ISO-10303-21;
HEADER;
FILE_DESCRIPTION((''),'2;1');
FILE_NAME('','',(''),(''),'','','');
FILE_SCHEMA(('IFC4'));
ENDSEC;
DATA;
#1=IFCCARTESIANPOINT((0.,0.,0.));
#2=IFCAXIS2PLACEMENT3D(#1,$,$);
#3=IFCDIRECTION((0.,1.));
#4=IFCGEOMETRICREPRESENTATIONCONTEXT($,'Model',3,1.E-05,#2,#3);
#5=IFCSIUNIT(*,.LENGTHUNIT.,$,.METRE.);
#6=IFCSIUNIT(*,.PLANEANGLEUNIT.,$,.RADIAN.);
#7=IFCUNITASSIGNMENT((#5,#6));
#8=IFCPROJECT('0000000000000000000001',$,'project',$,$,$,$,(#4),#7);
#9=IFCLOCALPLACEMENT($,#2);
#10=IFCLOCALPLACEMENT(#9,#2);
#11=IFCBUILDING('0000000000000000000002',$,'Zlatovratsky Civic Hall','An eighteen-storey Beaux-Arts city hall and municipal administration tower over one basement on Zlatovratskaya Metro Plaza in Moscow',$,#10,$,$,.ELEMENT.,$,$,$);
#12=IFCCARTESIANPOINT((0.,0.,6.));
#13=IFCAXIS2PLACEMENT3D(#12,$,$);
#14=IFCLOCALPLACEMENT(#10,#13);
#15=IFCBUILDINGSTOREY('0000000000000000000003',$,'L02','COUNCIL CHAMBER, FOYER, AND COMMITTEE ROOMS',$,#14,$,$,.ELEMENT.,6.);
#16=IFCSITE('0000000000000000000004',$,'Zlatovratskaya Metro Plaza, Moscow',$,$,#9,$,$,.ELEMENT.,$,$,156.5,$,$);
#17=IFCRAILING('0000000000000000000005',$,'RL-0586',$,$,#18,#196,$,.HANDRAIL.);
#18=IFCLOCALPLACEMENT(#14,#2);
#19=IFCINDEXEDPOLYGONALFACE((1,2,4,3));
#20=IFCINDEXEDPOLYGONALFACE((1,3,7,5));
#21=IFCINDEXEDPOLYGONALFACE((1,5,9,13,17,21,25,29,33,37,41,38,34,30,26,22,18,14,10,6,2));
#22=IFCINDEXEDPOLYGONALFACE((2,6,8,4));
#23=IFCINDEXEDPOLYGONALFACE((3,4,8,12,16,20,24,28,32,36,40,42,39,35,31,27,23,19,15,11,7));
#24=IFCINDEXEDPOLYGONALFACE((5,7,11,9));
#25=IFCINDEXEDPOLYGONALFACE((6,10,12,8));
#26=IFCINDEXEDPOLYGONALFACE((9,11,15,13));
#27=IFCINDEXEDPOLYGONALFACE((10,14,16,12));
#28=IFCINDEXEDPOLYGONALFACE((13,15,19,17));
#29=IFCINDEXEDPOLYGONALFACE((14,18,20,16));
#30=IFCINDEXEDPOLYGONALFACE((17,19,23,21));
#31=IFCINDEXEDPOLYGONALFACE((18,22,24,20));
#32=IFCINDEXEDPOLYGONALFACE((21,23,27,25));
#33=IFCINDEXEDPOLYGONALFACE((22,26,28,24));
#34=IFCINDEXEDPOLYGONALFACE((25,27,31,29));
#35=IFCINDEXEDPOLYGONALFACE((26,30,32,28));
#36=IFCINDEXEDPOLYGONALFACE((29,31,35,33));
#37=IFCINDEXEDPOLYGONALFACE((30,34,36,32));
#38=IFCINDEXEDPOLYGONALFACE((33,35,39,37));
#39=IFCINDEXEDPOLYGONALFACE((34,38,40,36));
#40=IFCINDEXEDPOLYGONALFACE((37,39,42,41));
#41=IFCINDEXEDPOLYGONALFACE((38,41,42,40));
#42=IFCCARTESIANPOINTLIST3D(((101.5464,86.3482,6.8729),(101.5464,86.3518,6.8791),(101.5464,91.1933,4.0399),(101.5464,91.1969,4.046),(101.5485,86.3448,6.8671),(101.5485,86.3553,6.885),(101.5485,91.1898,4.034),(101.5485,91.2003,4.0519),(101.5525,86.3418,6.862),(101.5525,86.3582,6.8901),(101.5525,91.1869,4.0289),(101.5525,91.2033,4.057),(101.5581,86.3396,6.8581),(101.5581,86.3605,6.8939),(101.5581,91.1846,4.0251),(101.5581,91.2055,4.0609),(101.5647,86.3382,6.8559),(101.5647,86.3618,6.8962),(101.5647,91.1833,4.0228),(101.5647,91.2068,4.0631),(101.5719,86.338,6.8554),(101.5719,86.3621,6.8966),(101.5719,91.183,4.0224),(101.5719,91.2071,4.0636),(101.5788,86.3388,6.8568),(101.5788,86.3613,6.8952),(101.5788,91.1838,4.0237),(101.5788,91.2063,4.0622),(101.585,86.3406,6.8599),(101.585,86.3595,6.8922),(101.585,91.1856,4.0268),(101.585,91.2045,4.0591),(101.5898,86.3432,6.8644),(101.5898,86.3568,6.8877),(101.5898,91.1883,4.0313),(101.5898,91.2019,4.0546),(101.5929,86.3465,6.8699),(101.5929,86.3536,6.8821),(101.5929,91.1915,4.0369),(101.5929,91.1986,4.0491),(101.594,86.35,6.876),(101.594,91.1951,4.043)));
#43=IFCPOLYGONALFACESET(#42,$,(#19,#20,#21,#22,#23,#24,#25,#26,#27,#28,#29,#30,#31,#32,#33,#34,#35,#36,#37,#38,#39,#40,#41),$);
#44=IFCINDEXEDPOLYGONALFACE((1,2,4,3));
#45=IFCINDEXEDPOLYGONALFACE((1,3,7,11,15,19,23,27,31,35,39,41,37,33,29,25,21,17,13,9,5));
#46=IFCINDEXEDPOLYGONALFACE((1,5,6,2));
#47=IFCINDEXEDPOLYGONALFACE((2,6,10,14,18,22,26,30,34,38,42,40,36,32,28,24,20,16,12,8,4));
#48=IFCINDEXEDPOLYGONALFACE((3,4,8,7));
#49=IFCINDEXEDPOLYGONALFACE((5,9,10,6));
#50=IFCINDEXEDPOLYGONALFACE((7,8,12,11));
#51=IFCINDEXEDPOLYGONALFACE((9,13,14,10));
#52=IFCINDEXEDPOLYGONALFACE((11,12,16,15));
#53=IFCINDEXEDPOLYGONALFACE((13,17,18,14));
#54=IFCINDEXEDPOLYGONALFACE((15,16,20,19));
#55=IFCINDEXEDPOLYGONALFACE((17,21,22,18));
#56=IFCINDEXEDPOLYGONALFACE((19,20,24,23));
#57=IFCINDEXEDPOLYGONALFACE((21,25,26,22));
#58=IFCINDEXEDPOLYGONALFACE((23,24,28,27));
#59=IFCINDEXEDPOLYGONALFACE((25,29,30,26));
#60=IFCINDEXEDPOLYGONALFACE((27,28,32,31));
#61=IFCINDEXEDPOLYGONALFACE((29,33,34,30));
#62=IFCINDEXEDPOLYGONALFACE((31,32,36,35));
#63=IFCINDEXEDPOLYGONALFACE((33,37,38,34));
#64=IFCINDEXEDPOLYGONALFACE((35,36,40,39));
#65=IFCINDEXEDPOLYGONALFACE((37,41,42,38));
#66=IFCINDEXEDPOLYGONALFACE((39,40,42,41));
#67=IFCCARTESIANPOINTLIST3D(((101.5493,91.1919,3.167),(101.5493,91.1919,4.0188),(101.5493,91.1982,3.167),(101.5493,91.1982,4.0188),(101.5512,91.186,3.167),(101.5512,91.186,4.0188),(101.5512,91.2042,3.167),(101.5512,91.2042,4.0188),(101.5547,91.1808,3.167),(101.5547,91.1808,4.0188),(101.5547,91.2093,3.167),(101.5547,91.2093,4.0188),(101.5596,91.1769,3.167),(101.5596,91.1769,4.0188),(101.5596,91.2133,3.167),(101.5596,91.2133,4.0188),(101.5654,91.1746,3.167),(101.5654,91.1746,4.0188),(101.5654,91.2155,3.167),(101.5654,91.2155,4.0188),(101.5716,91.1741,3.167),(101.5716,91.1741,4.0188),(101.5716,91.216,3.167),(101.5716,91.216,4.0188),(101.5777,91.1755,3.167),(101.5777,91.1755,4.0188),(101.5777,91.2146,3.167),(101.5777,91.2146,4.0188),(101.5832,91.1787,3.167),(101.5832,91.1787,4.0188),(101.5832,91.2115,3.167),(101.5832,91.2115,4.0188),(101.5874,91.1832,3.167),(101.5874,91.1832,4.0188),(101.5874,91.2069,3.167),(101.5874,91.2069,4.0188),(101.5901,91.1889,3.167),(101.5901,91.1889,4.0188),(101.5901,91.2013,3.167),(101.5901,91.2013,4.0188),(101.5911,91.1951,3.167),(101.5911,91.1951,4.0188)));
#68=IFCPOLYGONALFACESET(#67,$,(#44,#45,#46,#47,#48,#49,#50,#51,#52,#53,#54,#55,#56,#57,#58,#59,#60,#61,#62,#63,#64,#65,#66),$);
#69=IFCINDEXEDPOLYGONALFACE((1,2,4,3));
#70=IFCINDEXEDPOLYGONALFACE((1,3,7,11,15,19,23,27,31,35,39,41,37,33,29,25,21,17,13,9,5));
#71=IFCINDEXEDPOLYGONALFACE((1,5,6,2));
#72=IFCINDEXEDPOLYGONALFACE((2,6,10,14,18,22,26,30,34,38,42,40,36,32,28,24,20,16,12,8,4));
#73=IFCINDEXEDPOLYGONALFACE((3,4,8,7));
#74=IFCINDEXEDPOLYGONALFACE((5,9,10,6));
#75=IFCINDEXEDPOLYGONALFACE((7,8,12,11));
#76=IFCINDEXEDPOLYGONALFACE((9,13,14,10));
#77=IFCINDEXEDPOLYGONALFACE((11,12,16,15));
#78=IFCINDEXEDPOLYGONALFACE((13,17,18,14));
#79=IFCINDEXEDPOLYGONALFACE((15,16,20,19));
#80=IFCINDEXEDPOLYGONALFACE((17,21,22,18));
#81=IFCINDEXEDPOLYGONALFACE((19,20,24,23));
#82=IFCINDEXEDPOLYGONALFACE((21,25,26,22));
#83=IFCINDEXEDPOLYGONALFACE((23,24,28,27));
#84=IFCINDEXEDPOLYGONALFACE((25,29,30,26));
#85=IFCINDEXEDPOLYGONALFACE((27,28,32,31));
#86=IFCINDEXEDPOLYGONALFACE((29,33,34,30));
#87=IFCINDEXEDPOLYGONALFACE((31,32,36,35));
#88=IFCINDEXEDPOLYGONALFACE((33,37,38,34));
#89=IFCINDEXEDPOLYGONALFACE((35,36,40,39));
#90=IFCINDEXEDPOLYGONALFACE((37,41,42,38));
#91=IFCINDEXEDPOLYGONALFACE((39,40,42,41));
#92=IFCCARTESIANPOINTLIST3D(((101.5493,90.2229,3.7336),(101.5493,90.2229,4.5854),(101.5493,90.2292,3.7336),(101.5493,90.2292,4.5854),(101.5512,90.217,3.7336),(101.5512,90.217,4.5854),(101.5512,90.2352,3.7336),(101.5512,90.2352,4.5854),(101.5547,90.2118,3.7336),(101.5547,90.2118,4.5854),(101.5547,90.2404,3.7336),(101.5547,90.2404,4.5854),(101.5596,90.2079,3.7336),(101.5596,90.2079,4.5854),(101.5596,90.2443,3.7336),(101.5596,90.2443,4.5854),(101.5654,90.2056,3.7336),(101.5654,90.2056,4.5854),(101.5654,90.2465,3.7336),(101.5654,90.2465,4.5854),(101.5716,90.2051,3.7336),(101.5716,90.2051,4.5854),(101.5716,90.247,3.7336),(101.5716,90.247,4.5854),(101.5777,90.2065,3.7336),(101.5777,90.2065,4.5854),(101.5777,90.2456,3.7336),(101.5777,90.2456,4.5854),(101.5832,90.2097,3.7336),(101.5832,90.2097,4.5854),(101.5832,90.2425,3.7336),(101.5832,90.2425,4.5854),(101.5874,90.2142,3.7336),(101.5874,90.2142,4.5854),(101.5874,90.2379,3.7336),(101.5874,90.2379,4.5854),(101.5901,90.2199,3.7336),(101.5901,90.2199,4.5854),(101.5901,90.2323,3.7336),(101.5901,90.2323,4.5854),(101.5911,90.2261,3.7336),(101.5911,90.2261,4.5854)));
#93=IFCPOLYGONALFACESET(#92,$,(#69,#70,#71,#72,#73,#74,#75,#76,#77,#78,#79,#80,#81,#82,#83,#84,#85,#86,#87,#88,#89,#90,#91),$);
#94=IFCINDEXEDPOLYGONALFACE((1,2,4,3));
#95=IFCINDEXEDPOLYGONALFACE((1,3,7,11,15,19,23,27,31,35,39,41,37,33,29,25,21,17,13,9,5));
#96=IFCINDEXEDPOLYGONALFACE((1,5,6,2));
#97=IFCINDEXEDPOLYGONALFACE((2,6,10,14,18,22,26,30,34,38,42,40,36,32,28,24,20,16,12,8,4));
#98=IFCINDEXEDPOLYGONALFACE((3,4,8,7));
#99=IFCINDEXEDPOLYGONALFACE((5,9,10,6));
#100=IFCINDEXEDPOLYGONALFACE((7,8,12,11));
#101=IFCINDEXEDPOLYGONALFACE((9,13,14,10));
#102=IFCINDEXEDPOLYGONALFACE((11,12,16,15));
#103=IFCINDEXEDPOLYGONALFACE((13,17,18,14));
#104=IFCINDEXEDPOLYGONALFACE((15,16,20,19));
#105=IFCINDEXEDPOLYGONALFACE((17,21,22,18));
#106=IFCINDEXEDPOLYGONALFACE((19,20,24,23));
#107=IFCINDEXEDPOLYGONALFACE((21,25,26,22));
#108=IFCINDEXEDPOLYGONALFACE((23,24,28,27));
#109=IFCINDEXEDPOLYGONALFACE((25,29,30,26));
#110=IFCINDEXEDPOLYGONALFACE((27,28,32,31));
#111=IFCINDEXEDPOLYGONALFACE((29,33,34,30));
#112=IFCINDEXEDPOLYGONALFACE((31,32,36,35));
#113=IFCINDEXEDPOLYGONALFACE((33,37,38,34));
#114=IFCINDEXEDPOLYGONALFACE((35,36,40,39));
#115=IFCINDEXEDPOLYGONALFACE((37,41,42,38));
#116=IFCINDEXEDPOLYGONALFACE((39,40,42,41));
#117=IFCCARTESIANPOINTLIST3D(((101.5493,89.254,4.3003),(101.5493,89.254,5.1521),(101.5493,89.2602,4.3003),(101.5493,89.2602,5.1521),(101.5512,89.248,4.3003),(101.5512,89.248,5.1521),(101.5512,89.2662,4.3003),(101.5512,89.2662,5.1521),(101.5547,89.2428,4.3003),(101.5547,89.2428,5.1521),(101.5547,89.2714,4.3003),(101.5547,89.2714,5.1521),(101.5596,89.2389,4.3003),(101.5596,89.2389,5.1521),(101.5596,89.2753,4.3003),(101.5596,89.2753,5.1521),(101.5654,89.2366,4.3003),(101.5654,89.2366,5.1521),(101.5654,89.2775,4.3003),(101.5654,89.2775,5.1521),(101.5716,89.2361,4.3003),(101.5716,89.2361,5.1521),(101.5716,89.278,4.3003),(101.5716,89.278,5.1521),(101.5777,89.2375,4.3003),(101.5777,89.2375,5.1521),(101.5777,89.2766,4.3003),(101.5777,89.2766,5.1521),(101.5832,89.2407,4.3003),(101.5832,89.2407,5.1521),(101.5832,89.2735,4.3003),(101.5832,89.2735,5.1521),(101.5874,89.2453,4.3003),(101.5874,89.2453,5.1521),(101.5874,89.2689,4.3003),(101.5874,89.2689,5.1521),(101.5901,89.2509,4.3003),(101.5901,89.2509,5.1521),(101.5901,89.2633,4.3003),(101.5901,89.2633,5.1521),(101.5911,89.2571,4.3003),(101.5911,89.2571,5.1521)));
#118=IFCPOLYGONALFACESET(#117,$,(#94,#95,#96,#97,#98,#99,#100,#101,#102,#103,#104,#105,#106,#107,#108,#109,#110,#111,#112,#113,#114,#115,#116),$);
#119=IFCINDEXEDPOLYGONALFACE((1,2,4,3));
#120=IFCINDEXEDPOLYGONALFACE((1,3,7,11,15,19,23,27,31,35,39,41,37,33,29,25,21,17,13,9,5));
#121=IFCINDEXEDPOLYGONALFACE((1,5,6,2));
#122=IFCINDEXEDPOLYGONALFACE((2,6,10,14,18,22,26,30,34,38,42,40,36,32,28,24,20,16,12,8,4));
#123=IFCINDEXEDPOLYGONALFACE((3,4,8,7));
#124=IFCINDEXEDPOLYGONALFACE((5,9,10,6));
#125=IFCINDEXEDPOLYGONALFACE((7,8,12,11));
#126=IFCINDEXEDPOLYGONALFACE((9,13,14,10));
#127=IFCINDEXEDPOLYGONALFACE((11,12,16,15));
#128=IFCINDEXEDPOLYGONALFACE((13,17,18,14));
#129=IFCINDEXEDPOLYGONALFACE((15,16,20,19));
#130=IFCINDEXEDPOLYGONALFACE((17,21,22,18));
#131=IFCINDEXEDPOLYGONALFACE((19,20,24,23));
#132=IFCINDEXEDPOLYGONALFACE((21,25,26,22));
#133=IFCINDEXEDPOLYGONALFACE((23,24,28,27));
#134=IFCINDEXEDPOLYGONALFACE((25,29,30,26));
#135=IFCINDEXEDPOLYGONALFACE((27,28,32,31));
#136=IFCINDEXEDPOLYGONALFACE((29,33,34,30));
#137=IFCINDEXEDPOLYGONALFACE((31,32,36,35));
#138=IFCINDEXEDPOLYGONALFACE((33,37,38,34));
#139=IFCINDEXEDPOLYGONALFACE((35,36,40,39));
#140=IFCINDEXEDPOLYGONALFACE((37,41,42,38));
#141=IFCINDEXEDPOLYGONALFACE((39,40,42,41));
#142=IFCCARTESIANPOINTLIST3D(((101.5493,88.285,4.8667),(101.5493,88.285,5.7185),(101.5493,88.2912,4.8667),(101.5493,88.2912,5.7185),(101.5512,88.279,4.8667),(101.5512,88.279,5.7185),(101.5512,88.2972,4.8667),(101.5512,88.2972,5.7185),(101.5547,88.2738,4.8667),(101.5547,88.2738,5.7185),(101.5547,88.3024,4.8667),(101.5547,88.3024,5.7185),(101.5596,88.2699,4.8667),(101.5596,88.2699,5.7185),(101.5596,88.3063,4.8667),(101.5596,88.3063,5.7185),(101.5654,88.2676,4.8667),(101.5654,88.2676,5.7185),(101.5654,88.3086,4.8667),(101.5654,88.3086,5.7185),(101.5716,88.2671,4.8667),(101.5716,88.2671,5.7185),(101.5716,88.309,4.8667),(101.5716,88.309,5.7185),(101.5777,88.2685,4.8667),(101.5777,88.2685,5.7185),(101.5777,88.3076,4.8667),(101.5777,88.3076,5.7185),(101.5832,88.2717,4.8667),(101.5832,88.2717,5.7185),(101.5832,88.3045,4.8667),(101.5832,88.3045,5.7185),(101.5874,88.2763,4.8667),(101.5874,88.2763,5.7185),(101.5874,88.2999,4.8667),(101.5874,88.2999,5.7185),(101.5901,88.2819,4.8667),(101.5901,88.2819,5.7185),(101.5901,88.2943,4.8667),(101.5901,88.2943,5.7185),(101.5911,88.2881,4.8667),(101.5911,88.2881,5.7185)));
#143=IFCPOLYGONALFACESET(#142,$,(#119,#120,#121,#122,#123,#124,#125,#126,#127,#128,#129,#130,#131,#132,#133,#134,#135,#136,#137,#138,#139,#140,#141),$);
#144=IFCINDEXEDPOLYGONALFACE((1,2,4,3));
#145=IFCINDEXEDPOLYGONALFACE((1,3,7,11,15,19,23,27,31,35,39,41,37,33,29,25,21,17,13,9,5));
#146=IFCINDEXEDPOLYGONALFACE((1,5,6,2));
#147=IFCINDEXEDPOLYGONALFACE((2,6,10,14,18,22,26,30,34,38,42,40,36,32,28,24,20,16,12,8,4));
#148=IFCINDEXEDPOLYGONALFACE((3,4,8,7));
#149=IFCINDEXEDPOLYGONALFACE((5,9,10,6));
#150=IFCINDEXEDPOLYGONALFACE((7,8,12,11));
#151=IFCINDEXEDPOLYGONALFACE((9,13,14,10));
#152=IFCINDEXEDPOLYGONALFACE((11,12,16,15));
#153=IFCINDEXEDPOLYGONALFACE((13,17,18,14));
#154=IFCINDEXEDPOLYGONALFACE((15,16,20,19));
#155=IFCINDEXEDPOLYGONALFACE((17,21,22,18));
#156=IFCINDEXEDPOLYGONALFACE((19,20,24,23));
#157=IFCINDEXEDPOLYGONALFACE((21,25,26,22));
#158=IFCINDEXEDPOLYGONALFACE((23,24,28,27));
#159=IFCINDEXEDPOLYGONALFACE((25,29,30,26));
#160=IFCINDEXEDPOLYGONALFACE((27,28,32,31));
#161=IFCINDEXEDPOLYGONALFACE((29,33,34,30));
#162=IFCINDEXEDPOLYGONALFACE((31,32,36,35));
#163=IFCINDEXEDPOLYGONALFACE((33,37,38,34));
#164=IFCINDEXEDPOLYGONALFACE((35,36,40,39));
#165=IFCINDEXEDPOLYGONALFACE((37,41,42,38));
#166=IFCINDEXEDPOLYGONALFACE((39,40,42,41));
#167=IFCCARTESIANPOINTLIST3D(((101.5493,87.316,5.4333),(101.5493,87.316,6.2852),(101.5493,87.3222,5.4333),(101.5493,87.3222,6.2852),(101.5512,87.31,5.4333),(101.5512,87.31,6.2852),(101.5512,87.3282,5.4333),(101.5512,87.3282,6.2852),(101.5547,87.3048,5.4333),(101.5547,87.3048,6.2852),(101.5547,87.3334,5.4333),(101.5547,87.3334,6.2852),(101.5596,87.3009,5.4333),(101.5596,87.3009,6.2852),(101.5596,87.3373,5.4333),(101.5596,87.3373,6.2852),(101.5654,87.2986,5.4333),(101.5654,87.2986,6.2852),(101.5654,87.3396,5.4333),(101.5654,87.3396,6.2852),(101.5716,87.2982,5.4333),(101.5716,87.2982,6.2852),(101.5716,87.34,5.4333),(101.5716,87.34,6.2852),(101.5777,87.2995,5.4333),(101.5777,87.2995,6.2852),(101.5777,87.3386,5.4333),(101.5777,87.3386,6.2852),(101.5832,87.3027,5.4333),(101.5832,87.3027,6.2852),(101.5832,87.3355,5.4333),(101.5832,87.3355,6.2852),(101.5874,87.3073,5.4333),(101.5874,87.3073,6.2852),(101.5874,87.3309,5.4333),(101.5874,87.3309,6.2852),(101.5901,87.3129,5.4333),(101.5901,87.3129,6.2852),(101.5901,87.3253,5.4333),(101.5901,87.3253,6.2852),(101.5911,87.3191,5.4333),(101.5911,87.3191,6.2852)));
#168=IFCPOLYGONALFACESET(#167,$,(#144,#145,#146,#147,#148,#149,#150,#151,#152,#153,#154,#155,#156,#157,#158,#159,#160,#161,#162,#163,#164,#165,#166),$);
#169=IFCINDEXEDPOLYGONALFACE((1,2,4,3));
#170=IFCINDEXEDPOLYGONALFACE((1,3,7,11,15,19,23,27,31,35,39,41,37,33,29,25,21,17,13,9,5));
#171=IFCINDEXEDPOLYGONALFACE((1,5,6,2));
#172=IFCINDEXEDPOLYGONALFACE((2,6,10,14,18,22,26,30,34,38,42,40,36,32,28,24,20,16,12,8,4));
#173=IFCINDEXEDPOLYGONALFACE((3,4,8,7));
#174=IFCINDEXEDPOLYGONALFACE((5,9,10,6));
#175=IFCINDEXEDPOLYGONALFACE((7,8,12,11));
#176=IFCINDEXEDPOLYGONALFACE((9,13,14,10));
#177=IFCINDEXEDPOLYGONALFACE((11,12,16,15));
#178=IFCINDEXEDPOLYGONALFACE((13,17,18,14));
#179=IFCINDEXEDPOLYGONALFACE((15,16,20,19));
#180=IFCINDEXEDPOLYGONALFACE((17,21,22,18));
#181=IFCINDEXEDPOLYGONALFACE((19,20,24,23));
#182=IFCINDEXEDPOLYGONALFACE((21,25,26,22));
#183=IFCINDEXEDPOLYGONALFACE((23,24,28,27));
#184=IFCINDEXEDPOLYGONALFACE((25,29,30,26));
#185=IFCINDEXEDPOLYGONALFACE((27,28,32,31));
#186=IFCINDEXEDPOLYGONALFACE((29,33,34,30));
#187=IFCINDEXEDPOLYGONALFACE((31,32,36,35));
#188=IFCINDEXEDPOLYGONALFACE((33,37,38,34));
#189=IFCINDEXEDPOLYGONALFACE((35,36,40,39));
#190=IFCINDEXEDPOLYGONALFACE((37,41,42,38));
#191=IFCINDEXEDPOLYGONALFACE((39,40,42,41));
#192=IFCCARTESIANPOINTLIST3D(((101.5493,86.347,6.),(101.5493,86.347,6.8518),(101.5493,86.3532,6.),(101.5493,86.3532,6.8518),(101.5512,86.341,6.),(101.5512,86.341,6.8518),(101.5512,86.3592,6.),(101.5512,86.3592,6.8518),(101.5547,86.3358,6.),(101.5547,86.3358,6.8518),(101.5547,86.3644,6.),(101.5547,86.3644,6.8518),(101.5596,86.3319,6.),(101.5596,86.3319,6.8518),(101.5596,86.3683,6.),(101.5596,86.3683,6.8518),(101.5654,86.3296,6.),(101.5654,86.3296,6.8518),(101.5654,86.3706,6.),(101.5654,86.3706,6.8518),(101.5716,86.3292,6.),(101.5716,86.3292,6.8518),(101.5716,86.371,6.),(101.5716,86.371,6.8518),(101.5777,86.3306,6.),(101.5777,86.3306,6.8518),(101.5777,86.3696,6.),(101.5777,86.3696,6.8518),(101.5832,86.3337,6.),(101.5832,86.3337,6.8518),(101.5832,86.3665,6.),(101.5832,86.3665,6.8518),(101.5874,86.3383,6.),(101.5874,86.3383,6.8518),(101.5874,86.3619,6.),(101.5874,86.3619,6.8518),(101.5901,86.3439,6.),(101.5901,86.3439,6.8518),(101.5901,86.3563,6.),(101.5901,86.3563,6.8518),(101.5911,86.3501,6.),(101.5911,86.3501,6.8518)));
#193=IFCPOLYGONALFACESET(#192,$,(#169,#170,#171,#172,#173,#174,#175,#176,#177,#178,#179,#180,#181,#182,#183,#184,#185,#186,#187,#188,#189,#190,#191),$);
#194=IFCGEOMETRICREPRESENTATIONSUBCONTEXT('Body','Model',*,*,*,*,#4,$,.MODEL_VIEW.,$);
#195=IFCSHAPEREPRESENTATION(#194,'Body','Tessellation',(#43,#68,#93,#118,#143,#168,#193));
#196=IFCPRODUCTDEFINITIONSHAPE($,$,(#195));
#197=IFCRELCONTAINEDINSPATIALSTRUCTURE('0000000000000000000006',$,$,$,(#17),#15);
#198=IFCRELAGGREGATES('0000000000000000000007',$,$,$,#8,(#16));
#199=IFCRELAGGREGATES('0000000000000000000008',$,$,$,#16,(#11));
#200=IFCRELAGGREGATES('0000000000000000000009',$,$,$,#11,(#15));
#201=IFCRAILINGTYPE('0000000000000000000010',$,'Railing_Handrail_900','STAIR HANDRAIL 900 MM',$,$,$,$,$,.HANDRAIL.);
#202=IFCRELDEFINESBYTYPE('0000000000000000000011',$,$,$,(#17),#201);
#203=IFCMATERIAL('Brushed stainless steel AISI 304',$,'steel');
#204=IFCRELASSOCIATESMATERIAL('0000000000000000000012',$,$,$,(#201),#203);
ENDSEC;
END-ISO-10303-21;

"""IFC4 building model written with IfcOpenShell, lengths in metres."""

from ifc_helpers import new_model, si_unit, direction, frame, origin, origin_2d, place, context, subcontext, project, spatial, circle, extrude, material, type_object, element, save


model = new_model("IFC4")

# Units and contexts
model_context = context("Model", 3, precision=1e-05, world=origin(), true_north=direction((0.0, 1.0)))
body_context = subcontext(model_context, "Body", "Model", "MODEL_VIEW")
ifc_project = project(units=[si_unit("LENGTHUNIT", "METRE"), si_unit("PLANEANGLEUNIT", "RADIAN")], contexts=[model_context])

# Site, building, storey
site_placement = place(None, origin())
site = spatial("IfcSite", under=ifc_project, at=site_placement, Name="Zlatovratskaya Metro Plaza, Moscow", CompositionType="ELEMENT", RefElevation=156.5)
building_placement = place(site_placement, origin())
building = spatial("IfcBuilding", under=site, at=building_placement, Name="Zlatovratsky Civic Hall", Description="An eighteen-storey Beaux-Arts city hall and municipal administration tower over one basement on Zlatovratskaya Metro Plaza in Moscow", CompositionType="ELEMENT")
storey_placement = place(building_placement, frame((0.0, 0.0, 6.0)))
storey = spatial("IfcBuildingStorey", under=building, at=storey_placement, Name="L02", Description="COUNCIL CHAMBER, FOYER, AND COMMITTEE ROOMS", CompositionType="ELEMENT", Elevation=6.0)

# Railing
ifc_material_1 = material(Name="Brushed stainless steel AISI 304", Category="steel")
railing_type = type_object("IfcRailingType", Name="Railing_Handrail_900", Description="STAIR HANDRAIL 900 MM", PredefinedType="HANDRAIL", material=ifc_material_1)
railing_placement = place(storey_placement, frame((101.5701, 91.1951, 3.167)))
element("IfcRailing", 1, at=railing_placement, inside=storey, type_object=railing_type, Name="RL-0586", PredefinedType="HANDRAIL", context=body_context, shape_type="SweptSolid", body=[
    extrude(circle(Radius=0.0239, at=origin_2d()), frame((0.0, 0.0, 0.876), z_axis=(0.0, -0.863253, 0.504771), x_axis=(1.0, 0.0, 0.0)), (0.0, 0.0, 1.0), 5.6125),
    extrude(circle(Radius=0.021, at=origin_2d()), origin(), (0.0, 0.0, 1.0), 0.8518),
    extrude(circle(Radius=0.021, at=origin_2d()), frame((0.0, -0.969, 0.5667)), (0.0, 0.0, 1.0), 0.8518),
    extrude(circle(Radius=0.021, at=origin_2d()), frame((0.0, -1.938, 1.1333)), (0.0, 0.0, 1.0), 0.8518),
    extrude(circle(Radius=0.021, at=origin_2d()), frame((0.0, -2.907, 1.6997)), (0.0, 0.0, 1.0), 0.8518),
    extrude(circle(Radius=0.021, at=origin_2d()), frame((0.0, -3.876, 2.2664)), (0.0, 0.0, 1.0), 0.8518),
    extrude(circle(Radius=0.021, at=origin_2d()), frame((0.0, -4.845, 2.833)), (0.0, 0.0, 1.0), 0.8518),
])

save(model, "model.ifc")
